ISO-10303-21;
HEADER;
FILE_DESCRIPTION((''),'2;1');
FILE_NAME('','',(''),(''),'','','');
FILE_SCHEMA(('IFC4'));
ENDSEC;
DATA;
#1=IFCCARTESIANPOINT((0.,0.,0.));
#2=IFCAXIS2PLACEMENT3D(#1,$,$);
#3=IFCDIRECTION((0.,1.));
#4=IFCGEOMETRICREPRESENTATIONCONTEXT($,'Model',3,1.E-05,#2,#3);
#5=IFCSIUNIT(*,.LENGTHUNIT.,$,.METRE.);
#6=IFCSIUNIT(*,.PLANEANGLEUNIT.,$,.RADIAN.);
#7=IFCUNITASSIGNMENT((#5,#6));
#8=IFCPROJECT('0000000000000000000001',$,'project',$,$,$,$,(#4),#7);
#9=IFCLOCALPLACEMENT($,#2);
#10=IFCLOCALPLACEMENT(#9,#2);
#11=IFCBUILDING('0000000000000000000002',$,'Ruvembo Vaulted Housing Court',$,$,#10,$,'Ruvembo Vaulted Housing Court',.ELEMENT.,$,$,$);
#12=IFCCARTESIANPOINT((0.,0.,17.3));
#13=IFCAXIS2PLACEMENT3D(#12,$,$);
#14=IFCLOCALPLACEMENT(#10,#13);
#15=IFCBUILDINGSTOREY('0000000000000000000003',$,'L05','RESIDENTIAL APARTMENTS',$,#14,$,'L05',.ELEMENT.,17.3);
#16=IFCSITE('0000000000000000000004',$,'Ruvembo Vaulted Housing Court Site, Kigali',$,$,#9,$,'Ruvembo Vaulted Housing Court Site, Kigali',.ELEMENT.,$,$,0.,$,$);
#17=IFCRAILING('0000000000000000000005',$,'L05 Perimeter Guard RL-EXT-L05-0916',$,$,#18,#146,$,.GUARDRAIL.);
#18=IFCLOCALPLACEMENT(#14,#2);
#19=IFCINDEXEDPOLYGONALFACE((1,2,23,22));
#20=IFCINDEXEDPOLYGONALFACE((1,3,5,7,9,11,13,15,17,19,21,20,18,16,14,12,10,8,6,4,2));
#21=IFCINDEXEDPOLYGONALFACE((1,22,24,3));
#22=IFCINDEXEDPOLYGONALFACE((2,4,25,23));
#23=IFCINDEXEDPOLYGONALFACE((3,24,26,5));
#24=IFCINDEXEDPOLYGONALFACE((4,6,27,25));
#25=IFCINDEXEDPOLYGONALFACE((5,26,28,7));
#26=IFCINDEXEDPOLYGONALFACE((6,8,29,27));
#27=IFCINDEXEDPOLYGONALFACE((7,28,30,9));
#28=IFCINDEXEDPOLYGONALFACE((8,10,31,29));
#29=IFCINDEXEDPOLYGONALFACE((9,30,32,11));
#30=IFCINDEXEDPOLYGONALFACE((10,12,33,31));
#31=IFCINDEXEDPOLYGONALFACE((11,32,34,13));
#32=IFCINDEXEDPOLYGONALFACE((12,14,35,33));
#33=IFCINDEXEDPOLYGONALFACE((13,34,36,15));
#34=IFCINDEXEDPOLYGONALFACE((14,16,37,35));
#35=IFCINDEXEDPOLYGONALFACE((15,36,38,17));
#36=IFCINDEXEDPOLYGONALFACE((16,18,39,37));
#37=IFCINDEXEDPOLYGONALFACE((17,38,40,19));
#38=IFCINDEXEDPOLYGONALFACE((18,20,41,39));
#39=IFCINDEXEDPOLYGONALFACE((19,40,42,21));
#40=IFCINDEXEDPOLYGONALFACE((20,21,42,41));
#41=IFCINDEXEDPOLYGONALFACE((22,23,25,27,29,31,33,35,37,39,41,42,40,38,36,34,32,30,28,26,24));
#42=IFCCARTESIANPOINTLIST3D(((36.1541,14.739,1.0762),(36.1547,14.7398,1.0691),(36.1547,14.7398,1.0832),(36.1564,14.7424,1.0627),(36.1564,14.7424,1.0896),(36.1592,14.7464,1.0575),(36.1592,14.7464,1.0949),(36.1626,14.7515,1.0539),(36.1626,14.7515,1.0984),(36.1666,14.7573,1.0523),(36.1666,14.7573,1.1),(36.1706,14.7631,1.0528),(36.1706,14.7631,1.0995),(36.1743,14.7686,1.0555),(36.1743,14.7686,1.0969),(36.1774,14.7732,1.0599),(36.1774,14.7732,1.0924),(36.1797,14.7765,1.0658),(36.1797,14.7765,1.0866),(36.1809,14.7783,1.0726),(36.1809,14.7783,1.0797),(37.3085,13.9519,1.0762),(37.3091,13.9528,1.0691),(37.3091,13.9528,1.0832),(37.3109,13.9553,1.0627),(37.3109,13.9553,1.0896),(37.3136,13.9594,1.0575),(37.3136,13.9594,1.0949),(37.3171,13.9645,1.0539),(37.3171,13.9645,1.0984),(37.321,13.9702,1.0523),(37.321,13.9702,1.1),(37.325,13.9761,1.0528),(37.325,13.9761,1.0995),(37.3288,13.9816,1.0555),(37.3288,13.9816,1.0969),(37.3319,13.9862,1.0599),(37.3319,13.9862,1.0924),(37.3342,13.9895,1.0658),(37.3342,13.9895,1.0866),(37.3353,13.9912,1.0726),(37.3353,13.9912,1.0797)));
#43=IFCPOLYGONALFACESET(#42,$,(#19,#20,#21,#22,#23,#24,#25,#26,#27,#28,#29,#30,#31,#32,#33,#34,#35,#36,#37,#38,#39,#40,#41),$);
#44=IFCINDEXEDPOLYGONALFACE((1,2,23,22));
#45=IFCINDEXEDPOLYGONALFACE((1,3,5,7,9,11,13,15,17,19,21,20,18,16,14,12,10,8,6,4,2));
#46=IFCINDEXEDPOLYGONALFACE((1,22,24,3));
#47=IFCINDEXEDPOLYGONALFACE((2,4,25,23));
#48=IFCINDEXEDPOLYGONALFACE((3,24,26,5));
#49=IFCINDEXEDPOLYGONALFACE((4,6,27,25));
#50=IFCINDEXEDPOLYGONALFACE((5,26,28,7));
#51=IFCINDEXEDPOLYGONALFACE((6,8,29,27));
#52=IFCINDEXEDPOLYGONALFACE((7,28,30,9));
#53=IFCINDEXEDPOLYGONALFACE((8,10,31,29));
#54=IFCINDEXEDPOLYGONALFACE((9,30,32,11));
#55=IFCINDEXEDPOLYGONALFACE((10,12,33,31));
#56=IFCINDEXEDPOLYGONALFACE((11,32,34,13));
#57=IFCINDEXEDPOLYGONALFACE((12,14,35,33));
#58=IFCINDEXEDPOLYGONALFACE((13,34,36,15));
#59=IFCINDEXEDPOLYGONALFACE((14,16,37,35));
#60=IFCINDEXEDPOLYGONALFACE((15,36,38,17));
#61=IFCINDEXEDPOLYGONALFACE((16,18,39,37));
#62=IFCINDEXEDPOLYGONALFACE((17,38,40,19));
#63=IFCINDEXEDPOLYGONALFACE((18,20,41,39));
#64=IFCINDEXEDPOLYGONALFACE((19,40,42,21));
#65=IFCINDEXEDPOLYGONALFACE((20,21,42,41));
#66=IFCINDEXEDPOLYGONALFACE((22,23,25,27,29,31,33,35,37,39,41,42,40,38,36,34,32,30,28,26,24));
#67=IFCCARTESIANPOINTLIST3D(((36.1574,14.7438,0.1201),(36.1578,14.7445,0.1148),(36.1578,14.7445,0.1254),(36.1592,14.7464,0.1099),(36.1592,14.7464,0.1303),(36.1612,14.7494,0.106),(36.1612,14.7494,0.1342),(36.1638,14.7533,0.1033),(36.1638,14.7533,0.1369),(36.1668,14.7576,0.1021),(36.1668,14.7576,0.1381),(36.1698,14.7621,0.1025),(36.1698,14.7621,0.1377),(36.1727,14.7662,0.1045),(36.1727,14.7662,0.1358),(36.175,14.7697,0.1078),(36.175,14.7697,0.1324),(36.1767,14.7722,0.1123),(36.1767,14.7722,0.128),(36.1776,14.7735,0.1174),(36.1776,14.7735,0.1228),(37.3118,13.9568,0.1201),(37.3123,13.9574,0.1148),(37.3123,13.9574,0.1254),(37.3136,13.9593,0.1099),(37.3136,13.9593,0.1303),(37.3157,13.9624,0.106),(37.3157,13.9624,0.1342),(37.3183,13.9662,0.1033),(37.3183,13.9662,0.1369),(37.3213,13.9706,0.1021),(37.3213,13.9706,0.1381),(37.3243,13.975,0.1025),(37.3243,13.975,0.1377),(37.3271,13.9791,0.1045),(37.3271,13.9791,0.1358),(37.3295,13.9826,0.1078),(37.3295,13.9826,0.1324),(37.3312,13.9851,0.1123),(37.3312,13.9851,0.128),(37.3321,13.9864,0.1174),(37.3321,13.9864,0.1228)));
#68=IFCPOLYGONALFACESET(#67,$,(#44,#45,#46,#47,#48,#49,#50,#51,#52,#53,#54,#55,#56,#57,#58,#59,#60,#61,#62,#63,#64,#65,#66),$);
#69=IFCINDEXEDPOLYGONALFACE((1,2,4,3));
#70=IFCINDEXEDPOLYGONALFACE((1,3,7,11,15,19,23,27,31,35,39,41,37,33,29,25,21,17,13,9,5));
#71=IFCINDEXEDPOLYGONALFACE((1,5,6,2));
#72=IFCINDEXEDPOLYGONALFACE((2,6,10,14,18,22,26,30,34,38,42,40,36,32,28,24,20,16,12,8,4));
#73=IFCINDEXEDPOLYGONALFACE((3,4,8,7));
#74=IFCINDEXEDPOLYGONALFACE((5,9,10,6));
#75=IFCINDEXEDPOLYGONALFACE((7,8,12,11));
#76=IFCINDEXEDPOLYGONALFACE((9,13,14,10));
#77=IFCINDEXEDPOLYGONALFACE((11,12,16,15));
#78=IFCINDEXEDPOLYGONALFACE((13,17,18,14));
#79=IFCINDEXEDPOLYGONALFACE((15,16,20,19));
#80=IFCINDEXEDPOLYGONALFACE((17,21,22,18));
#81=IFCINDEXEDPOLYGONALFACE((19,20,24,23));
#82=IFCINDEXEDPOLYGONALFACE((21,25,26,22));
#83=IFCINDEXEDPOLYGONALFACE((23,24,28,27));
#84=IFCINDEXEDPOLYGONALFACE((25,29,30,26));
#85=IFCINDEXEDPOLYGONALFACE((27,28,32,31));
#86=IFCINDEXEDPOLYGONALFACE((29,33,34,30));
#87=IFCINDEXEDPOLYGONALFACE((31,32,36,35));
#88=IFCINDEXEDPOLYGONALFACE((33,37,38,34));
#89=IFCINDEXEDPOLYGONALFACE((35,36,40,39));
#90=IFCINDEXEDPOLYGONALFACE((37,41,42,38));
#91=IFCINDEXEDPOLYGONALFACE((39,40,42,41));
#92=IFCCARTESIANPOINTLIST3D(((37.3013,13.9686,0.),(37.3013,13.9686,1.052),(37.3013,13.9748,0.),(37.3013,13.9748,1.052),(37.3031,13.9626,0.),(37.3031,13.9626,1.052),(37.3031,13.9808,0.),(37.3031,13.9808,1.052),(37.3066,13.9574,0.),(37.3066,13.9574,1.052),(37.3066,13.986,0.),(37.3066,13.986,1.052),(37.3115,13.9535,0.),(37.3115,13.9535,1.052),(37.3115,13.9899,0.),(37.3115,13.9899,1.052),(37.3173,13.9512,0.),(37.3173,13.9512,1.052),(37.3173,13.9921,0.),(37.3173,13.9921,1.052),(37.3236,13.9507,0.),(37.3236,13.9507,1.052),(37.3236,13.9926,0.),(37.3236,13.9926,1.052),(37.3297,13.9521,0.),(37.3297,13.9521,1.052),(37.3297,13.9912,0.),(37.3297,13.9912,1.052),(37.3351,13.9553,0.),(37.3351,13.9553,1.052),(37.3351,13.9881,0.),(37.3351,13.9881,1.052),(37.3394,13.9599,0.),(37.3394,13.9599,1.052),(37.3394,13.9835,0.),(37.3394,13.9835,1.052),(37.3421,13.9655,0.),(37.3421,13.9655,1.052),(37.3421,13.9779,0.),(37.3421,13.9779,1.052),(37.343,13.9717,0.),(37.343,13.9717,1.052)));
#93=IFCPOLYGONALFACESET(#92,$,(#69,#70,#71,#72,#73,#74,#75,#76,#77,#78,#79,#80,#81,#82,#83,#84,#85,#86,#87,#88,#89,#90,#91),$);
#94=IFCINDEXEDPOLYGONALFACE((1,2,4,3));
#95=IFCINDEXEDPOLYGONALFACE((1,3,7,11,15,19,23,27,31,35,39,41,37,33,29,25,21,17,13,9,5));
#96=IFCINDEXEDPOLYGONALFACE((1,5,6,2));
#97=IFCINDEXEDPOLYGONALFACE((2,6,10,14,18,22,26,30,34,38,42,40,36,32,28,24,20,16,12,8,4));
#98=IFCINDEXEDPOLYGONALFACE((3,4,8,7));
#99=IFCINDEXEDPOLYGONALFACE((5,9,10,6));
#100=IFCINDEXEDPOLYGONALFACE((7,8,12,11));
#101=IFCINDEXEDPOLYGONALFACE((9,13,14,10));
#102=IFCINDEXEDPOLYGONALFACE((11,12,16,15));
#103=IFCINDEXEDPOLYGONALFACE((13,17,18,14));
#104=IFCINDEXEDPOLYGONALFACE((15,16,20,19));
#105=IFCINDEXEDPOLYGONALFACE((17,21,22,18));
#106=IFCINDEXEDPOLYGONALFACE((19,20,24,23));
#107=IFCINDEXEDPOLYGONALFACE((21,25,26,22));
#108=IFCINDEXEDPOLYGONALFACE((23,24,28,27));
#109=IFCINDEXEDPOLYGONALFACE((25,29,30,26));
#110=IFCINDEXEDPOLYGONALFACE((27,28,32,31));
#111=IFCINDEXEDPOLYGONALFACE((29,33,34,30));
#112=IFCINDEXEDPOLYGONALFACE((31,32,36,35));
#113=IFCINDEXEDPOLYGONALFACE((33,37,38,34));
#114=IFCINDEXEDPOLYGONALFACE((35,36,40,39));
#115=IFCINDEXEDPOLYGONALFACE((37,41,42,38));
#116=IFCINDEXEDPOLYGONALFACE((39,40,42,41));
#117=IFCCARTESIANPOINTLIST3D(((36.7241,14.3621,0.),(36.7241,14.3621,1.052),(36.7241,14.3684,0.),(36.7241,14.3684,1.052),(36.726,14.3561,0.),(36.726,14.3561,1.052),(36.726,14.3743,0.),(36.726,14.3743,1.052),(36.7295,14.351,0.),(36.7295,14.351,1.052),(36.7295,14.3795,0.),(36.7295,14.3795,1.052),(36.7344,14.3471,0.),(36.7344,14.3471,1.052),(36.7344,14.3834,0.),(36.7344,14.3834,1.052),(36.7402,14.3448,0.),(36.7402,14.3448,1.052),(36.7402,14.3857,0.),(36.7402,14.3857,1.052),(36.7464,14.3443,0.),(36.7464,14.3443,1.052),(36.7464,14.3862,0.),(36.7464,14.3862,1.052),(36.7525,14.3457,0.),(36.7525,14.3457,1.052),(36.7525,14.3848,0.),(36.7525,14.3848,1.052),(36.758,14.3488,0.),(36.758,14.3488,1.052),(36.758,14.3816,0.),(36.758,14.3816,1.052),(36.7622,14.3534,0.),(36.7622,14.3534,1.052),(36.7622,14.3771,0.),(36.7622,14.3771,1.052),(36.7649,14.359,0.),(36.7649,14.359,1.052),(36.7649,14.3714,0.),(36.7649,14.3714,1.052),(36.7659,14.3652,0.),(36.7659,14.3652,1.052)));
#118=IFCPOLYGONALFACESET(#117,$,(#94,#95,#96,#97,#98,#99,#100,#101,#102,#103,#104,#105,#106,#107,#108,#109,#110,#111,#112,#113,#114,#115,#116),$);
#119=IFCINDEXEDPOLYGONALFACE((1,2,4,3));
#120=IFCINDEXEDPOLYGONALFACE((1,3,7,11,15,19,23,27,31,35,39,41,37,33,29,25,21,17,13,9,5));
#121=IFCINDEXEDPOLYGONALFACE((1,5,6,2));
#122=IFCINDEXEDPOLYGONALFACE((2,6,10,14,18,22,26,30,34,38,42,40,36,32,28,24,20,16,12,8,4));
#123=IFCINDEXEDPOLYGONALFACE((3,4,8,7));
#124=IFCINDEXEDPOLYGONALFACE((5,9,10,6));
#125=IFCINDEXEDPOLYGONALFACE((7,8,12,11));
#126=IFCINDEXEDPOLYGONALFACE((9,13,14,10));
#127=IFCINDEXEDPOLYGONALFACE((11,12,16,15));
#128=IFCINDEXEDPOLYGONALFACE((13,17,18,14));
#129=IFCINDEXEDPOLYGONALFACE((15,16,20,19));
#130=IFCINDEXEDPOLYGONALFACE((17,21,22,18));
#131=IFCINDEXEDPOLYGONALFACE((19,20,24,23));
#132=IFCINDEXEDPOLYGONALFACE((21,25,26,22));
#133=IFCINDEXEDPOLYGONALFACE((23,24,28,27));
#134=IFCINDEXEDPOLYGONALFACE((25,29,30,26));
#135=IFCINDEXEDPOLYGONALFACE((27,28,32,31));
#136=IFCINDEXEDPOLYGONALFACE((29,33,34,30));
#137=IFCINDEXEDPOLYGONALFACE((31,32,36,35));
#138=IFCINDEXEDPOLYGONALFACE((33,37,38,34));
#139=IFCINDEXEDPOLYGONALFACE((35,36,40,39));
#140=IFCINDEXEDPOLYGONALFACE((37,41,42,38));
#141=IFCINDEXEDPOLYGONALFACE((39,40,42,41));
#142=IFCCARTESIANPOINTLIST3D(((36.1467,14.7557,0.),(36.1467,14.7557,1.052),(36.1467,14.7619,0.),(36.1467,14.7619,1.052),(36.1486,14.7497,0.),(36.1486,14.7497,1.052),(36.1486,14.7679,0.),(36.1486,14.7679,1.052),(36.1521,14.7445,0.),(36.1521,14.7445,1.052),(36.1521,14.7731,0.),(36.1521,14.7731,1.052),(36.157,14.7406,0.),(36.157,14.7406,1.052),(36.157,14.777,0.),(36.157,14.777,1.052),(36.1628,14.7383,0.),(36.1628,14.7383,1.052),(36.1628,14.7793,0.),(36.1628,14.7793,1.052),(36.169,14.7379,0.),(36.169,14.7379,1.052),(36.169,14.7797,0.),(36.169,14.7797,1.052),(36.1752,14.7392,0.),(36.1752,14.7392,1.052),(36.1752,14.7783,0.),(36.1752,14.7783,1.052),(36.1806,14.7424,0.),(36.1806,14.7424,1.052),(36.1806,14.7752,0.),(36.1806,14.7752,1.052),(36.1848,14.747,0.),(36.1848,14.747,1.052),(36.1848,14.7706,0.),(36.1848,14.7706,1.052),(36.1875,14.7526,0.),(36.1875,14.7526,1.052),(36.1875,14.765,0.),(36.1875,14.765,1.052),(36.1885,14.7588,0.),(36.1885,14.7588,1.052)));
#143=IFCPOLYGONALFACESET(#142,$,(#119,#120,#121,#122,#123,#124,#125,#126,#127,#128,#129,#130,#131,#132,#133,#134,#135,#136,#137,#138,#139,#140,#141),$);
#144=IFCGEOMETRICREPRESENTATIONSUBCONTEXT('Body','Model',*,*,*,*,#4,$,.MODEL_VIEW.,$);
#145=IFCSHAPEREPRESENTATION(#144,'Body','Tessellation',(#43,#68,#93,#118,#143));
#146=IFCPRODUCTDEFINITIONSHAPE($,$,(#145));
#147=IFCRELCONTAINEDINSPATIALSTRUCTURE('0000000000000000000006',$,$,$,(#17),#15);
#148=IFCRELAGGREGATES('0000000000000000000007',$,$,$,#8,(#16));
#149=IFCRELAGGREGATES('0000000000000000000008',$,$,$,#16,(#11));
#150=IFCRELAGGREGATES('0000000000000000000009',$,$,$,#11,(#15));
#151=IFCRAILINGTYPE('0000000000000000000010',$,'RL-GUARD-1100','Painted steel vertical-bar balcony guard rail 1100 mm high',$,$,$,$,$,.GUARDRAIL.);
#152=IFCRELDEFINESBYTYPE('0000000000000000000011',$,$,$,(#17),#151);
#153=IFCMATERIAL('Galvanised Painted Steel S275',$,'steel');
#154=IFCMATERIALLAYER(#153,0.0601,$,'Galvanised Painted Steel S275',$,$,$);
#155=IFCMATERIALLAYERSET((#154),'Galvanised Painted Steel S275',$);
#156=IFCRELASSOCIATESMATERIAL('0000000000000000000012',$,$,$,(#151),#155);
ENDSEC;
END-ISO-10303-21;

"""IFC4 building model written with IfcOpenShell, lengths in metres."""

from ifc_helpers import new_model, si_unit, direction, frame, origin, origin_2d, place, context, subcontext, project, spatial, circle, extrude, material, layer, layer_set, type_object, element, save


model = new_model("IFC4")

# Units and contexts
model_context = context("Model", 3, precision=1e-05, world=origin(), true_north=direction((0.0, 1.0)))
body_context = subcontext(model_context, "Body", "Model", "MODEL_VIEW")
ifc_project = project(units=[si_unit("LENGTHUNIT", "METRE"), si_unit("PLANEANGLEUNIT", "RADIAN")], contexts=[model_context])

# Site, building, storey
site_placement = place(None, origin())
site = spatial("IfcSite", under=ifc_project, at=site_placement, Name="Ruvembo Vaulted Housing Court Site, Kigali", LongName="Ruvembo Vaulted Housing Court Site, Kigali", CompositionType="ELEMENT", RefElevation=0.0)
building_placement = place(site_placement, origin())
building = spatial("IfcBuilding", under=site, at=building_placement, Name="Ruvembo Vaulted Housing Court", LongName="Ruvembo Vaulted Housing Court", CompositionType="ELEMENT")
storey_placement = place(building_placement, frame((0.0, 0.0, 17.3)))
storey = spatial("IfcBuildingStorey", under=building, at=storey_placement, Name="L05", Description="RESIDENTIAL APARTMENTS", LongName="L05", CompositionType="ELEMENT", Elevation=17.3)

# Railing
ifc_material_1 = material(Name="Galvanised Painted Steel S275", Category="steel")
ifc_layer_1 = layer(ifc_material_1, 0.0601, Name="Galvanised Painted Steel S275")
ifc_layer_set_1 = layer_set([ifc_layer_1], Name="Galvanised Painted Steel S275")
railing_type_1 = type_object("IfcRailingType", Name="RL-GUARD-1100", Description="Painted steel vertical-bar balcony guard rail 1100 mm high", PredefinedType="GUARDRAIL", material=ifc_layer_set_1)
railing_1_placement = place(storey_placement, frame((37.322, 13.9717, 0.0)))
element("IfcRailing", 1, at=railing_1_placement, inside=storey, type_object=railing_type_1, Name="L05 Perimeter Guard RL-EXT-L05-0916", PredefinedType="GUARDRAIL", context=body_context, shape_type="SweptSolid", body=[
    extrude(circle(Radius=0.0239, at=origin_2d()), frame((0.0, 0.0, 1.0762), z_axis=(-0.826253, 0.563299, 0.0), x_axis=(-0.563299, -0.826253, 0.0)), (0.0, 0.0, 1.0), 1.3972),
    extrude(circle(Radius=0.0181, at=origin_2d()), frame((0.0, 0.0, 0.1201), z_axis=(-0.826253, 0.563299, 0.0), x_axis=(-0.563299, -0.826253, 0.0)), (0.0, 0.0, 1.0), 1.3972),
    extrude(circle(Radius=0.021, at=origin_2d()), origin(), (0.0, 0.0, 1.0), 1.052),
    extrude(circle(Radius=0.021, at=origin_2d()), frame((-0.5771, 0.3936, 0.0)), (0.0, 0.0, 1.0), 1.052),
    extrude(circle(Radius=0.021, at=origin_2d()), frame((-1.1545, 0.7871, 0.0)), (0.0, 0.0, 1.0), 1.052),
])

save(model, "model.ifc")
